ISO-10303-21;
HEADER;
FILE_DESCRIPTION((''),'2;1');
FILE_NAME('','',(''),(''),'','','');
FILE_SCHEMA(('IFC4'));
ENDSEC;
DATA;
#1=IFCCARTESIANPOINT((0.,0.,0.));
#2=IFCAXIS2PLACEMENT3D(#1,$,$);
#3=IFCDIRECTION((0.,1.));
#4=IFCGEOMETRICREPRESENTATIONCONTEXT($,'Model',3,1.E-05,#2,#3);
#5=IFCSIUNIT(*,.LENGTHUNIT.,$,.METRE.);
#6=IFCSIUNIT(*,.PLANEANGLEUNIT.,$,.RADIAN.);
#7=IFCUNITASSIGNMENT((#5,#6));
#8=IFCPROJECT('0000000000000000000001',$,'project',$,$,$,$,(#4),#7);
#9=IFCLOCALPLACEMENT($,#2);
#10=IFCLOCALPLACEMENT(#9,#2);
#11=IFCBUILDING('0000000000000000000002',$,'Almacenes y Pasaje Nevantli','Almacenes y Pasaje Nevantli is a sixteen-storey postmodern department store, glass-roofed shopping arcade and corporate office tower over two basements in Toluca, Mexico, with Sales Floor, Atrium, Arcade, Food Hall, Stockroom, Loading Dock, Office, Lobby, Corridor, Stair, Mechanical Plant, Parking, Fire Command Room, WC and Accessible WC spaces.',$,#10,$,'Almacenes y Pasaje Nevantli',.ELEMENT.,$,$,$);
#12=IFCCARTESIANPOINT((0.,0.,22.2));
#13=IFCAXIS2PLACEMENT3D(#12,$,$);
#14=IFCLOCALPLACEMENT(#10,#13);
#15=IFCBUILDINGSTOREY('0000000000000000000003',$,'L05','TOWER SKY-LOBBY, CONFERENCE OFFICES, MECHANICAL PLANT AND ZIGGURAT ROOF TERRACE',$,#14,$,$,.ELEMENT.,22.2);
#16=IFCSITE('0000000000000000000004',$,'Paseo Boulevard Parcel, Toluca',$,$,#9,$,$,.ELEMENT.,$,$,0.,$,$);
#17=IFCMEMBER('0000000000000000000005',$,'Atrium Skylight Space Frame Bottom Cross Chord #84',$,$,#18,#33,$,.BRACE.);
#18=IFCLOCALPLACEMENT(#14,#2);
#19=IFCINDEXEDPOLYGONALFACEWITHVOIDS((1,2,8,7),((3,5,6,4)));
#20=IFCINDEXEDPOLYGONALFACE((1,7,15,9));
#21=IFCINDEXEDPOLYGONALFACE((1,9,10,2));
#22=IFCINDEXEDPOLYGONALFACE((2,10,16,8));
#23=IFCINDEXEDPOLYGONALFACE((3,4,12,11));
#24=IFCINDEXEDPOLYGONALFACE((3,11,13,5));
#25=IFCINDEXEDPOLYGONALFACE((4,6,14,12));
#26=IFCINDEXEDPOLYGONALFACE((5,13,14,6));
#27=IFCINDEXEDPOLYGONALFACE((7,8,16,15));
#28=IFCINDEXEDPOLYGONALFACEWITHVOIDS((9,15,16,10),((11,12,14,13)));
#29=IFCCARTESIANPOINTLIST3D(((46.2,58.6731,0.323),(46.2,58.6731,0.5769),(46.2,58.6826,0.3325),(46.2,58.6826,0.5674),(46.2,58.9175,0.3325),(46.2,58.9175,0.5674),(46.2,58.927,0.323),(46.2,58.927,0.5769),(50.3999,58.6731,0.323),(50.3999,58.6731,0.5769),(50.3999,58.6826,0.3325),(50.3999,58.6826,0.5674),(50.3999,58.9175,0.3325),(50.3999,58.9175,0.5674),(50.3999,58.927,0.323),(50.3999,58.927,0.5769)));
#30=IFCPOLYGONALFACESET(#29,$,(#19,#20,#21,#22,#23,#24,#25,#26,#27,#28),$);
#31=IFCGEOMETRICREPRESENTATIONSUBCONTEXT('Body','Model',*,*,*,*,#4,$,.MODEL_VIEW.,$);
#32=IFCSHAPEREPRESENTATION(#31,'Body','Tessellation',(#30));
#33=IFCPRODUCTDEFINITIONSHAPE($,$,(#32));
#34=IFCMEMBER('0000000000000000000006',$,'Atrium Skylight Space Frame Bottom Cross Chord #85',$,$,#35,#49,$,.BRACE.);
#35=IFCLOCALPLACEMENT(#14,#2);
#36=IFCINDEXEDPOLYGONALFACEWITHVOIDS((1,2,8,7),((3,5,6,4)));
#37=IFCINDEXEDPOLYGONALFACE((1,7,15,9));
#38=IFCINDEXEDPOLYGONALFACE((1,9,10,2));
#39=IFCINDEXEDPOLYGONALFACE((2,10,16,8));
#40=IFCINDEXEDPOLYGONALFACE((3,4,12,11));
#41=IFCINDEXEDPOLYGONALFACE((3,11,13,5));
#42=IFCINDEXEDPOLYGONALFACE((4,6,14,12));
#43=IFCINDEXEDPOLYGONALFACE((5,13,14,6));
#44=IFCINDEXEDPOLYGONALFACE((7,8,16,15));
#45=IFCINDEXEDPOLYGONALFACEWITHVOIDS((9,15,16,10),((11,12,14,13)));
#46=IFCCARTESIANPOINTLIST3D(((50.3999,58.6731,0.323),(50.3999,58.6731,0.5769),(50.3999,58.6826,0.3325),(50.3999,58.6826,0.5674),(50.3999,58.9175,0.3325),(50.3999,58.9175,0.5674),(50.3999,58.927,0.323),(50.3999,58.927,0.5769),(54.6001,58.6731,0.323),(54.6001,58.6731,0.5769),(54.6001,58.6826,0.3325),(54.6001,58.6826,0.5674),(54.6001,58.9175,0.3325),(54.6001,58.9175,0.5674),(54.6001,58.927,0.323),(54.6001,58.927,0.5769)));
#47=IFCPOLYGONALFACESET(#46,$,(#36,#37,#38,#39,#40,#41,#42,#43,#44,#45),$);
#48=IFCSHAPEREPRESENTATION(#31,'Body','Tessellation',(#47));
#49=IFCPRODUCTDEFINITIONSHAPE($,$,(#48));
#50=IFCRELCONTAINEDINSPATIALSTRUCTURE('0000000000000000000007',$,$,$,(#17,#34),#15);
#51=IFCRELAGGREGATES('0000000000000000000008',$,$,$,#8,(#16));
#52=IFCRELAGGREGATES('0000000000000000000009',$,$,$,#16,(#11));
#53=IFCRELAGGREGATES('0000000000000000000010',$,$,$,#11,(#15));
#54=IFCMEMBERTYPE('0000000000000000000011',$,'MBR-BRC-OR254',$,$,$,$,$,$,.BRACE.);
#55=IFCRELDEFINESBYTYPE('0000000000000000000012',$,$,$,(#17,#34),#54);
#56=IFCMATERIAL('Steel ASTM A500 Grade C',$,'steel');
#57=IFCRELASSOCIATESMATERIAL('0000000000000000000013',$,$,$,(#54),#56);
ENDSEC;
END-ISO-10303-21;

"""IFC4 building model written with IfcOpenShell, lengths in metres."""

from ifc_helpers import new_model, si_unit, direction, frame, origin, origin_2d, place, context, subcontext, project, spatial, hollow_rectangle, extrude, material, material_profile, profile_set, type_object, element, save


model = new_model("IFC4")

# Units and contexts
model_context = context("Model", 3, precision=1e-05, world=origin(), true_north=direction((0.0, 1.0)))
body_context = subcontext(model_context, "Body", "Model", "MODEL_VIEW")
ifc_project = project(units=[si_unit("LENGTHUNIT", "METRE"), si_unit("PLANEANGLEUNIT", "RADIAN")], contexts=[model_context])

# Site, building, storey
site_placement = place(None, origin())
site = spatial("IfcSite", under=ifc_project, at=site_placement, Name="Paseo Boulevard Parcel, Toluca", CompositionType="ELEMENT", RefElevation=0.0)
building_placement = place(site_placement, origin())
building = spatial("IfcBuilding", under=site, at=building_placement, Name="Almacenes y Pasaje Nevantli", Description="Almacenes y Pasaje Nevantli is a sixteen-storey postmodern department store, glass-roofed shopping arcade and corporate office tower over two basements in Toluca, Mexico, with Sales Floor, Atrium, Arcade, Food Hall, Stockroom, Loading Dock, Office, Lobby, Corridor, Stair, Mechanical Plant, Parking, Fire Command Room, WC and Accessible WC spaces.", LongName="Almacenes y Pasaje Nevantli", CompositionType="ELEMENT")
storey_placement = place(building_placement, frame((0.0, 0.0, 22.2)))
storey = spatial("IfcBuildingStorey", under=building, at=storey_placement, Name="L05", Description="TOWER SKY-LOBBY, CONFERENCE OFFICES, MECHANICAL PLANT AND ZIGGURAT ROOF TERRACE", CompositionType="ELEMENT", Elevation=22.2)

# Members
ifc_material_1 = material(Name="Steel ASTM A500 Grade C", Category="steel")
ifc_material_profile_1 = material_profile(ifc_material_1, hollow_rectangle(XDim=0.2539, YDim=0.2539, WallThickness=0.0095, at=origin_2d()), Name="OR 254x254x9.5")
ifc_profile_set_1 = profile_set([ifc_material_profile_1], Name="Steel ASTM A500 Grade C")
member_type_1 = type_object("IfcMemberType", Name="MBR-BRC-OR254", PredefinedType="BRACE", material=ifc_profile_set_1)
for number, where, z_axis, x_axis, name in (
    (1, (46.2, 58.8, 0.45), (1.0, 0.0, 0.0), (0.0, 1.0, 0.0), "Atrium Skylight Space Frame Bottom Cross Chord #84"),
):
    element("IfcMember", number, at=place(storey_placement, frame(where, z_axis=z_axis, x_axis=x_axis)), inside=storey, type_object=member_type_1, Name=name, PredefinedType="BRACE", context=body_context, shape_type="SweptSolid", body=[
        extrude(hollow_rectangle(XDim=0.2539, YDim=0.2539, WallThickness=0.0095, at=origin_2d()), origin(), (0.0, 0.0, 1.0), 4.2),
    ])
member_1_placement = place(storey_placement, frame((50.3999, 58.8, 0.45), z_axis=(1.0, 0.0, 0.0), x_axis=(0.0, 1.0, 0.0)))
element("IfcMember", 2, at=member_1_placement, inside=storey, type_object=member_type_1, Name="Atrium Skylight Space Frame Bottom Cross Chord #85", PredefinedType="BRACE", context=body_context, shape_type="SweptSolid", body=[
    extrude(hollow_rectangle(XDim=0.2539, YDim=0.2539, WallThickness=0.0095, at=origin_2d()), origin(), (0.0, 0.0, 1.0), 4.2002),
])

save(model, "model.ifc")
